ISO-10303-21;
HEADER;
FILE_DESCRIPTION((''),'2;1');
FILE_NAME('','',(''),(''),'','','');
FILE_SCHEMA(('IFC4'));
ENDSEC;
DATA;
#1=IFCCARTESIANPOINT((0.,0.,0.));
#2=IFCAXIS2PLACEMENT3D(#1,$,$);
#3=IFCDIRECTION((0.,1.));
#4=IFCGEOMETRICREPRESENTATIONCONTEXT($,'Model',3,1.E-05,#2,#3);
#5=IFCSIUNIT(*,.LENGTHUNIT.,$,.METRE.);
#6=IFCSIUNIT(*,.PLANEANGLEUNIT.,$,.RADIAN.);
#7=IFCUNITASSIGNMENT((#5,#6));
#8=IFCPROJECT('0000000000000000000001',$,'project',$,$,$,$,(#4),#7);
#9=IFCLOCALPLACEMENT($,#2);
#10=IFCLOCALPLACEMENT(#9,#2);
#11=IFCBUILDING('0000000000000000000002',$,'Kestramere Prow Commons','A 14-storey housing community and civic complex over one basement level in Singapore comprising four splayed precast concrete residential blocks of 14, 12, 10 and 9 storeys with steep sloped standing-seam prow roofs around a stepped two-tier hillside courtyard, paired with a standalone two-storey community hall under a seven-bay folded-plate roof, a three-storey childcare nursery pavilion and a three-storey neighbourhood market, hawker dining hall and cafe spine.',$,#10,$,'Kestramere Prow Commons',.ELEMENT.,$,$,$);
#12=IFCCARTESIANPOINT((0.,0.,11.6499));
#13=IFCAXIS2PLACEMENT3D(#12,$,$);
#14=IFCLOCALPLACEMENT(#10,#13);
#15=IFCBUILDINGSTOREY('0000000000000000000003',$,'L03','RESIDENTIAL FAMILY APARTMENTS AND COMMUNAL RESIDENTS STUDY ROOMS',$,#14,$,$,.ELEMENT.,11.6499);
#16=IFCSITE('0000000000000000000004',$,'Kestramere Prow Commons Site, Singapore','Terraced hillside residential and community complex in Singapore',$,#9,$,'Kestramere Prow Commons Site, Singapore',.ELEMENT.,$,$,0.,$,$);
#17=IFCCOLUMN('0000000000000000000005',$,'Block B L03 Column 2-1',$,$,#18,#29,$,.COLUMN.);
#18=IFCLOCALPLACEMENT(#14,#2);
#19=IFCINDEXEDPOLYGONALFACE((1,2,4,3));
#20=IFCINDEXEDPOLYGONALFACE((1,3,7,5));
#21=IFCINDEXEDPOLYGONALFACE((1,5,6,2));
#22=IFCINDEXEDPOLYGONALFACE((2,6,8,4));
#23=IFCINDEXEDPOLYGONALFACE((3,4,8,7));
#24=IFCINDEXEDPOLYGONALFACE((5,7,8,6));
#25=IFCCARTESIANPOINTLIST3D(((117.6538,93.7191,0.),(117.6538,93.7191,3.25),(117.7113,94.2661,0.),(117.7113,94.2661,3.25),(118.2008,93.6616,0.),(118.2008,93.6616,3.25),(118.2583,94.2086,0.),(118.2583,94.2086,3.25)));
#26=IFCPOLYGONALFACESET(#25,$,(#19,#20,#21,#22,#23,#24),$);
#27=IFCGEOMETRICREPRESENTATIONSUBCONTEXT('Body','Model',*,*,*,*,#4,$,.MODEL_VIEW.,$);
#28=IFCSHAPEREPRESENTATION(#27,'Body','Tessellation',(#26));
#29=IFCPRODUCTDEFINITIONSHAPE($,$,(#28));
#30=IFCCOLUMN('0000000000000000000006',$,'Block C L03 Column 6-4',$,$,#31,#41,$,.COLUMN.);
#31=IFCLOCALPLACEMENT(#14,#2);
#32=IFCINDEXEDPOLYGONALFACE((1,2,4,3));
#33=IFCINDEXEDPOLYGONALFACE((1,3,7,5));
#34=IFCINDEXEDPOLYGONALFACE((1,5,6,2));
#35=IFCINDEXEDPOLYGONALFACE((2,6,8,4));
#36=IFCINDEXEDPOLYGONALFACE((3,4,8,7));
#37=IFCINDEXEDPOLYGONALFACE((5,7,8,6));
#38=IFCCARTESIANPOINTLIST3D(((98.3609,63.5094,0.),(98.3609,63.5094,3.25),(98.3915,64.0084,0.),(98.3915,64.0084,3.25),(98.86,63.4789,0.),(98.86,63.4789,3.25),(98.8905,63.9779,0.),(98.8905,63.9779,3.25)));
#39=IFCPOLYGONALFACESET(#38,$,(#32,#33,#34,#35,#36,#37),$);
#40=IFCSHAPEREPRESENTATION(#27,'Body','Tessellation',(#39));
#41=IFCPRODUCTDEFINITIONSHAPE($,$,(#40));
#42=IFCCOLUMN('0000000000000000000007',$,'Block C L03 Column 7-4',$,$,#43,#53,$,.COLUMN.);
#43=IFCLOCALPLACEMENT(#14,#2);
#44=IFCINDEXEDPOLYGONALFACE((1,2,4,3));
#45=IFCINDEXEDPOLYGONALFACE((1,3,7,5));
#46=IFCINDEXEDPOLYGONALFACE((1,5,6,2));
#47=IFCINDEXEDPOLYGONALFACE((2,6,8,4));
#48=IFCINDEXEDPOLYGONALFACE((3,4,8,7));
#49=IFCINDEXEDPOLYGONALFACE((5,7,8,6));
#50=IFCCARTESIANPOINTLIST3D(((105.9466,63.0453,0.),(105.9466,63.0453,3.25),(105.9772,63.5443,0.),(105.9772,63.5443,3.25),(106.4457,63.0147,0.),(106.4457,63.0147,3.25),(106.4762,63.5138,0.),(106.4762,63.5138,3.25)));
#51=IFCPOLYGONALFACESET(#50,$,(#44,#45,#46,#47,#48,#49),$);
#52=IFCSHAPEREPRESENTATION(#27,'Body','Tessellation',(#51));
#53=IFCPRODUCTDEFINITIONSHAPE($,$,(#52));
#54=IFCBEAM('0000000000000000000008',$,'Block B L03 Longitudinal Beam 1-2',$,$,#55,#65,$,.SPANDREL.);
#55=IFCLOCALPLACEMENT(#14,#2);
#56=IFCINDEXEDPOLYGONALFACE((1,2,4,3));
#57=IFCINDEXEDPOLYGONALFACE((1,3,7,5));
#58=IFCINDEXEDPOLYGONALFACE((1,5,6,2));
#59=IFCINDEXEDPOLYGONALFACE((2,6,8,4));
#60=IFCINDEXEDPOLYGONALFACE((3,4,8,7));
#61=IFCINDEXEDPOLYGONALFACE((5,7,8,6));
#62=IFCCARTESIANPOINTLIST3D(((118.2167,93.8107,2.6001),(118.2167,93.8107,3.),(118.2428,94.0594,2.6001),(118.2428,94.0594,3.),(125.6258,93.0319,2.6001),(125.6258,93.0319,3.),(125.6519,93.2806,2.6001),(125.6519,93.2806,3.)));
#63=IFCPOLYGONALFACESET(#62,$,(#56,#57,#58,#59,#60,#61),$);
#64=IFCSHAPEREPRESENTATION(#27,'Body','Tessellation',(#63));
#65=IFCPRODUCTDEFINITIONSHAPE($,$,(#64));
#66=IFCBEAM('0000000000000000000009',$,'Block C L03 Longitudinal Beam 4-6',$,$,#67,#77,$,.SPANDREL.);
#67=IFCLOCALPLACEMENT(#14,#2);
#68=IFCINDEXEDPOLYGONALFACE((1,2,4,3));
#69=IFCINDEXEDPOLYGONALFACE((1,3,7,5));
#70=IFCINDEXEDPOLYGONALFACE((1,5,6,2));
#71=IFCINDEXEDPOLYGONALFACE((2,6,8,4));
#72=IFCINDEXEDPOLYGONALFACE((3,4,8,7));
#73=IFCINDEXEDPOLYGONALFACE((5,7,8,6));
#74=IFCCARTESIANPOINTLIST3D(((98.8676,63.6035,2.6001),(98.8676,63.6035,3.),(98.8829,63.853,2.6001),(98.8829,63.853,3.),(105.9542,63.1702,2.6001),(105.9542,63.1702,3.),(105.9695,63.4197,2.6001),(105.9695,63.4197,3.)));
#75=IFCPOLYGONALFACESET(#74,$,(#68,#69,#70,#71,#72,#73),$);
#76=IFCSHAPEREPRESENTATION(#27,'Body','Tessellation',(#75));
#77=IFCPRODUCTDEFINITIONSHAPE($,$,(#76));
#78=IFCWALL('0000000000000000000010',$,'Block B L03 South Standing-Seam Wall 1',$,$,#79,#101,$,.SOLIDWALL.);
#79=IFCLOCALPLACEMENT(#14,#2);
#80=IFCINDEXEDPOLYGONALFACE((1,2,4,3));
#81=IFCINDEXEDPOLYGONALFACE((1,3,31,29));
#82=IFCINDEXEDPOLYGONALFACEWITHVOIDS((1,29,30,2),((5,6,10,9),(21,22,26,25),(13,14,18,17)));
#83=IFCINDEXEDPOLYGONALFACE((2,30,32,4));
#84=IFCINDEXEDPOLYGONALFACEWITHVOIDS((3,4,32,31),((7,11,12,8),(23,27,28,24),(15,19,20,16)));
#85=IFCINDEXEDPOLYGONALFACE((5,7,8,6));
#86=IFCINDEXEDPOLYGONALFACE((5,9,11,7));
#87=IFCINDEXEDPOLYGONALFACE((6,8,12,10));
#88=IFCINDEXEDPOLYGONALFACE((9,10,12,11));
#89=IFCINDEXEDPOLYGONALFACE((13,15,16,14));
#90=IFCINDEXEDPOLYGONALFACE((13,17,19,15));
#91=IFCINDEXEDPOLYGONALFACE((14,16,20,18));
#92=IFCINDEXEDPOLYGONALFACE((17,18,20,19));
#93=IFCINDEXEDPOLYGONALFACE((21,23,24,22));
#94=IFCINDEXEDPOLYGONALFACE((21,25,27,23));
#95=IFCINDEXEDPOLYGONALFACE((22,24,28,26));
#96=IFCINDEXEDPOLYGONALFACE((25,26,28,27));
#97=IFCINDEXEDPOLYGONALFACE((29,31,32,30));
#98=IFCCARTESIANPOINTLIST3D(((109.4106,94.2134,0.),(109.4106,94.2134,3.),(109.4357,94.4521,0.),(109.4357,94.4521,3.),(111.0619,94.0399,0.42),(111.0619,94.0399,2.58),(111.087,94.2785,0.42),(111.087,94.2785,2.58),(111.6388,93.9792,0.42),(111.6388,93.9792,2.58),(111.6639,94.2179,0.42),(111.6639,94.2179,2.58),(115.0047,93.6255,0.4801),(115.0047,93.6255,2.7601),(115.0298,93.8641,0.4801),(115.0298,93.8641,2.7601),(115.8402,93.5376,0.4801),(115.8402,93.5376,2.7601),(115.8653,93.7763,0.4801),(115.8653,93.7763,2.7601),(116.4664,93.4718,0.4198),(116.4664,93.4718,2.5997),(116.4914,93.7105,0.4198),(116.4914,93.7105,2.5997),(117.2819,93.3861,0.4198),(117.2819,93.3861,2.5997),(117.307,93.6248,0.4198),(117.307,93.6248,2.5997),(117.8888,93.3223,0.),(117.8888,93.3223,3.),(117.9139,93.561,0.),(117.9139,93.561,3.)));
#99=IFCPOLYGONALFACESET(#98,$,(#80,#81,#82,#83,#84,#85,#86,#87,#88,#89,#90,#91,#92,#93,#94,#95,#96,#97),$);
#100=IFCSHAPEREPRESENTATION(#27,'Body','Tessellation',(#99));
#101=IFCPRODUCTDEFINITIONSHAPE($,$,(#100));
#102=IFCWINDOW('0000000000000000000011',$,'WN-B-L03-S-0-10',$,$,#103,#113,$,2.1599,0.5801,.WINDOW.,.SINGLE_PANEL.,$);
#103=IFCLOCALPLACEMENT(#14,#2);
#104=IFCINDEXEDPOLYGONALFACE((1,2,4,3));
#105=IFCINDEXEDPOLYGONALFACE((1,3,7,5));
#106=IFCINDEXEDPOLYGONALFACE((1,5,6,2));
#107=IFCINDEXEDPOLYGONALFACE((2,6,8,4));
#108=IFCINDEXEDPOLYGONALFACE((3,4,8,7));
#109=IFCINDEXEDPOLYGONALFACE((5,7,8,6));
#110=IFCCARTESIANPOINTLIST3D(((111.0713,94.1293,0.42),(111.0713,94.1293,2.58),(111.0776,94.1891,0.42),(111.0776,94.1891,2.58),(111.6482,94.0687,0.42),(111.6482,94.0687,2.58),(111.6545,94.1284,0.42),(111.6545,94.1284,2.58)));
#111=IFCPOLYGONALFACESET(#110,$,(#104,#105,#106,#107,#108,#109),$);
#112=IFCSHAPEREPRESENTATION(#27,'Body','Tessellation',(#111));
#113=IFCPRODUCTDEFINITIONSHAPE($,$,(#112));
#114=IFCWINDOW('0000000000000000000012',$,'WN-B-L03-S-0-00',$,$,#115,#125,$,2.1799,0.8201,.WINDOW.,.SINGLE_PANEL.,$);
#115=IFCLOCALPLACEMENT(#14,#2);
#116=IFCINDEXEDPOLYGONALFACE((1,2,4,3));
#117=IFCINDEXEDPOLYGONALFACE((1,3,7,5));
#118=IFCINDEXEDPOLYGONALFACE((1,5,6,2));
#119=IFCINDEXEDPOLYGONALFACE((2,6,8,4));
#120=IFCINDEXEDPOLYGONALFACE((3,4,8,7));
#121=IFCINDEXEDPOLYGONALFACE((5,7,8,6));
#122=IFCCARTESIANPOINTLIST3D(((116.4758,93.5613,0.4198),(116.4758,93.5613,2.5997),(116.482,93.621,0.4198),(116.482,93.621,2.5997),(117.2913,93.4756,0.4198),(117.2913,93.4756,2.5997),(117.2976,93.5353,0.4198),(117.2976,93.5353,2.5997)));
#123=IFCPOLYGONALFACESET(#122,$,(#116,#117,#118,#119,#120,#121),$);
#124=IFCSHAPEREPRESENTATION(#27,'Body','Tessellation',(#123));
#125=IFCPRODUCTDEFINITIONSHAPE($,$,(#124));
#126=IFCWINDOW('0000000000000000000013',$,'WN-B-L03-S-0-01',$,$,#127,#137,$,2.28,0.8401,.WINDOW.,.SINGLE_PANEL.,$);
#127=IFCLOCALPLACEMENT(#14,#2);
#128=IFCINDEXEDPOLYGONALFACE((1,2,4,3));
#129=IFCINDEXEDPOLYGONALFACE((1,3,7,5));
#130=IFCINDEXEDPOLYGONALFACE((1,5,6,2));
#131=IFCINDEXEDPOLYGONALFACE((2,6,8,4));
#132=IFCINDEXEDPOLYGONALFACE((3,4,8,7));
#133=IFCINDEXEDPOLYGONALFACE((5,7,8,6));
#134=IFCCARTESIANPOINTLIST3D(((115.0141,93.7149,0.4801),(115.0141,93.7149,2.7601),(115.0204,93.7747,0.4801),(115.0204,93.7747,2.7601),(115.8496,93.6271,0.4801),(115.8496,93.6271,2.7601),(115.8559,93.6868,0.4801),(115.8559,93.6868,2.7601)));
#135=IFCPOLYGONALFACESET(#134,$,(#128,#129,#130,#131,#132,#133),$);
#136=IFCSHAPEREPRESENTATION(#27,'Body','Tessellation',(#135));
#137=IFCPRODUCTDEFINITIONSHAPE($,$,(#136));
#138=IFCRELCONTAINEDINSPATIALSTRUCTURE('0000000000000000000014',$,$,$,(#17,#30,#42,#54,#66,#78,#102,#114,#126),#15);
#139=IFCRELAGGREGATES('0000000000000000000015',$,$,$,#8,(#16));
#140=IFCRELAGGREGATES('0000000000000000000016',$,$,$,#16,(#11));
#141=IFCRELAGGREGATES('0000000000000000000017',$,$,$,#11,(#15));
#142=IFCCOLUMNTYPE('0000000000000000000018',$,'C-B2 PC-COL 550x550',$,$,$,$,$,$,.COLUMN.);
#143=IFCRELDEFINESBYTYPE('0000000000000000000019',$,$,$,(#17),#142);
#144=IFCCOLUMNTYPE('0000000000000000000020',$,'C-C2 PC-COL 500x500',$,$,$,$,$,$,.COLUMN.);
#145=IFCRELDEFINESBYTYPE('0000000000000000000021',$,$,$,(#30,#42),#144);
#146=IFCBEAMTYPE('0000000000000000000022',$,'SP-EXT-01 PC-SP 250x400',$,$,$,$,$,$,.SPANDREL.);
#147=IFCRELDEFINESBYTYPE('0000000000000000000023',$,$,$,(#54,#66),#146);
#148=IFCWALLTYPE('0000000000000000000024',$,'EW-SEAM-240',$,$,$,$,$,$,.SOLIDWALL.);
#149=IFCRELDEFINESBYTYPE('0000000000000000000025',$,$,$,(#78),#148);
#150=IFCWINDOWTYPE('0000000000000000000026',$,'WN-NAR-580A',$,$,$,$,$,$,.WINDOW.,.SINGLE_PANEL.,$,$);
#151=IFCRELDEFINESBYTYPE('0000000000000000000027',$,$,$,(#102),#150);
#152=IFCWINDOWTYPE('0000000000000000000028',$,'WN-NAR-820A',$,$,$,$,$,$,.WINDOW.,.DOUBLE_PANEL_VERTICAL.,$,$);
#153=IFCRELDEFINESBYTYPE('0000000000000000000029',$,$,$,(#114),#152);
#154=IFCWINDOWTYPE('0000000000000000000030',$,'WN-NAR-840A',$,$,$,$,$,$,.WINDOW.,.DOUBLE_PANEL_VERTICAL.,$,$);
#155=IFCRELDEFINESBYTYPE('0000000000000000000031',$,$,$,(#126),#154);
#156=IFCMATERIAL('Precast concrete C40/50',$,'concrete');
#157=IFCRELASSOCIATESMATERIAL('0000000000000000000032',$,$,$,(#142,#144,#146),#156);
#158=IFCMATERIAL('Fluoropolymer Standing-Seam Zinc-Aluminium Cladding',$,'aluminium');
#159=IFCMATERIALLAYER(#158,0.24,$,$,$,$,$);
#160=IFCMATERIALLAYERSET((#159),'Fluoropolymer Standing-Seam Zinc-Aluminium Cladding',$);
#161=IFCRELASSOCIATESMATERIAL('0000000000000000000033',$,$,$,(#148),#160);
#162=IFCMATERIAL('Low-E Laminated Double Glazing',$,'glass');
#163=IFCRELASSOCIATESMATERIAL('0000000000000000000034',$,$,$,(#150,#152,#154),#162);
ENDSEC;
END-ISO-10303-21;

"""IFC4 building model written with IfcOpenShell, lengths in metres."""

from ifc_helpers import new_model, si_unit, direction, frame, frame_2d, origin, origin_2d, place, context, subcontext, project, spatial, rectangle, extrude, material, layer, layer_set, material_profile, profile_set, type_object, element, fill, save


model = new_model("IFC4")

# Units and contexts
model_context = context("Model", 3, precision=1e-05, world=origin(), true_north=direction((0.0, 1.0)))
body_context = subcontext(model_context, "Body", "Model", "MODEL_VIEW")
ifc_project = project(units=[si_unit("LENGTHUNIT", "METRE"), si_unit("PLANEANGLEUNIT", "RADIAN")], contexts=[model_context])

# Site, building, storey
site_placement = place(None, origin())
site = spatial("IfcSite", under=ifc_project, at=site_placement, Name="Kestramere Prow Commons Site, Singapore", Description="Terraced hillside residential and community complex in Singapore", LongName="Kestramere Prow Commons Site, Singapore", CompositionType="ELEMENT", RefElevation=0.0)
building_placement = place(site_placement, origin())
building = spatial("IfcBuilding", under=site, at=building_placement, Name="Kestramere Prow Commons", Description="A 14-storey housing community and civic complex over one basement level in Singapore comprising four splayed precast concrete residential blocks of 14, 12, 10 and 9 storeys with steep sloped standing-seam prow roofs around a stepped two-tier hillside courtyard, paired with a standalone two-storey community hall under a seven-bay folded-plate roof, a three-storey childcare nursery pavilion and a three-storey neighbourhood market, hawker dining hall and cafe spine.", LongName="Kestramere Prow Commons", CompositionType="ELEMENT")
storey_placement = place(building_placement, frame((0.0, 0.0, 11.6499)))
storey = spatial("IfcBuildingStorey", under=building, at=storey_placement, Name="L03", Description="RESIDENTIAL FAMILY APARTMENTS AND COMMUNAL RESIDENTS STUDY ROOMS", CompositionType="ELEMENT", Elevation=11.6499)

# Columns
ifc_material_1 = material(Name="Precast concrete C40/50", Category="concrete")
ifc_material_profile_1 = material_profile(ifc_material_1, rectangle(XDim=0.55, YDim=0.55, at=origin_2d()), Name="PC-COL 550x550")
ifc_profile_set_1 = profile_set([ifc_material_profile_1], Name="Precast concrete C40/50")
column_type_1 = type_object("IfcColumnType", Name="C-B2 PC-COL 550x550", PredefinedType="COLUMN", material=ifc_profile_set_1)
column_placement = place(storey_placement, frame((117.9561, 93.9639, 0.0), z_axis=(0.0, 0.0, 1.0), x_axis=(0.994522, -0.104528, 0.0)))
element("IfcColumn", 1, at=column_placement, inside=storey, type_object=column_type_1, Name="Block B L03 Column 2-1", PredefinedType="COLUMN", context=body_context, shape_type="SweptSolid", body=[
    extrude(rectangle(XDim=0.55, YDim=0.55, at=origin_2d()), origin(), (0.0, 0.0, 1.0), 3.25),
])
ifc_material_profile_2 = material_profile(ifc_material_1, rectangle(XDim=0.5, YDim=0.5, at=origin_2d()), Name="PC-COL 500x500")
ifc_profile_set_2 = profile_set([ifc_material_profile_2], Name="Precast concrete C40/50")
column_type_2 = type_object("IfcColumnType", Name="C-C2 PC-COL 500x500", PredefinedType="COLUMN", material=ifc_profile_set_2)
for number, where, z_axis, x_axis, name in (
    (2, (98.6257, 63.7437, 0.0), (0.0, 0.0, 1.0), (0.998135, -0.061049, 0.0), "Block C L03 Column 6-4"),
    (3, (106.2114, 63.2795, 0.0), (0.0, 0.0, 1.0), (0.998135, -0.061049, 0.0), "Block C L03 Column 7-4"),
):
    element("IfcColumn", number, at=place(storey_placement, frame(where, z_axis=z_axis, x_axis=x_axis)), inside=storey, type_object=column_type_2, Name=name, PredefinedType="COLUMN", context=body_context, shape_type="SweptSolid", body=[
        extrude(rectangle(XDim=0.5, YDim=0.5, at=origin_2d()), origin(), (0.0, 0.0, 1.0), 3.25),
    ])

# Beams
ifc_material_profile_3 = material_profile(ifc_material_1, rectangle(XDim=0.25, YDim=0.3999, at=origin_2d()), Name="PC-SP 250x400")
ifc_profile_set_3 = profile_set([ifc_material_profile_3], Name="Precast concrete C40/50")
beam_type = type_object("IfcBeamType", Name="SP-EXT-01 PC-SP 250x400", PredefinedType="SPANDREL", material=ifc_profile_set_3)
beam_1_placement = place(storey_placement, frame((118.2297, 93.9351, 2.8), z_axis=(0.994521, -0.104538, 0.0), x_axis=(0.104538, 0.994521, 0.0)))
element("IfcBeam", 4, at=beam_1_placement, inside=storey, type_object=beam_type, Name="Block B L03 Longitudinal Beam 1-2", PredefinedType="SPANDREL", context=body_context, shape_type="SweptSolid", body=[
    extrude(rectangle(XDim=0.25, YDim=0.3999, at=origin_2d()), origin(), (0.0, 0.0, 1.0), 7.45),
])
beam_2_placement = place(storey_placement, frame((98.8752, 63.7283, 2.8), z_axis=(0.998136, -0.061036, 0.0), x_axis=(0.061036, 0.998136, 0.0)))
element("IfcBeam", 5, at=beam_2_placement, inside=storey, type_object=beam_type, Name="Block C L03 Longitudinal Beam 4-6", PredefinedType="SPANDREL", context=body_context, shape_type="SweptSolid", body=[
    extrude(rectangle(XDim=0.25, YDim=0.3999, at=origin_2d()), origin(), (0.0, 0.0, 1.0), 7.0999),
])

# Wall, openings, windows
ifc_material_2 = material(Name="Fluoropolymer Standing-Seam Zinc-Aluminium Cladding", Category="aluminium")
ifc_layer_1 = layer(ifc_material_2, 0.24)
ifc_layer_set_1 = layer_set([ifc_layer_1], Name="Fluoropolymer Standing-Seam Zinc-Aluminium Cladding")
wall_type_1 = type_object("IfcWallType", Name="EW-SEAM-240", PredefinedType="SOLIDWALL", material=ifc_layer_set_1)
wall_1_placement = place(storey_placement, frame((117.9014, 93.4417, 0.0), z_axis=(0.0, 0.0, 1.0), x_axis=(-0.994522, 0.10453, 0.0)))
wall_1 = element("IfcWall", 6, at=wall_1_placement, inside=storey, type_object=wall_type_1, Name="Block B L03 South Standing-Seam Wall 1", PredefinedType="SOLIDWALL", context=body_context, shape_type="SweptSolid", body=[
    extrude(rectangle(XDim=8.5249, YDim=0.24, at=frame_2d((4.2625, 0.0))), origin(), (0.0, 0.0, 1.0), 3.0),
])
opening_1_placement = place(wall_1_placement, frame((0.6101, 0.0, 0.4199)))
opening_1 = element("IfcOpeningElement", 7, at=opening_1_placement, cuts=wall_1, PredefinedType="OPENING", context=body_context, shape_type="SweptSolid", body=[
    extrude(rectangle(XDim=0.8201, YDim=2.1799, at=frame_2d((0.4102, 1.0898))), frame((0.0, 0.135, 0.0), z_axis=(0.0, -1.0, 0.0), x_axis=(1.0, 0.0, 0.0)), (0.0, 0.0, 1.0), 0.27),
])
opening_2_placement = place(wall_1_placement, frame((2.0601, 0.0, 0.48)))
opening_2 = element("IfcOpeningElement", 8, at=opening_2_placement, cuts=wall_1, PredefinedType="OPENING", context=body_context, shape_type="SweptSolid", body=[
    extrude(rectangle(XDim=0.8401, YDim=2.28, at=frame_2d((0.4199, 1.1401))), frame((0.0, 0.135, 0.0), z_axis=(0.0, -1.0, 0.0), x_axis=(1.0, 0.0, 0.0)), (0.0, 0.0, 1.0), 0.27),
])
opening_3_placement = place(wall_1_placement, frame((6.2844, 0.0, 0.4199)))
opening_3 = element("IfcOpeningElement", 9, at=opening_3_placement, cuts=wall_1, PredefinedType="OPENING", context=body_context, shape_type="SweptSolid", body=[
    extrude(rectangle(XDim=0.5801, YDim=2.1599, at=frame_2d((0.29, 1.0801))), frame((0.0, 0.135, 0.0), z_axis=(0.0, -1.0, 0.0), x_axis=(1.0, 0.0, 0.0)), (0.0, 0.0, 1.0), 0.27),
])
ifc_material_3 = material(Name="Low-E Laminated Double Glazing", Category="glass")
window_type_1 = type_object("IfcWindowType", Name="WN-NAR-580A", PartitioningType="SINGLE_PANEL", PredefinedType="WINDOW", material=ifc_material_3)
window_1_placement = place(opening_3_placement, origin())
window_1 = element("IfcWindow", 10, at=window_1_placement, inside=storey, type_object=window_type_1, Name="WN-B-L03-S-0-10", OverallHeight=2.1599, OverallWidth=0.5801, PartitioningType="SINGLE_PANEL", PredefinedType="WINDOW", context=body_context, shape_type="SweptSolid", body=[
    extrude(rectangle(XDim=0.5801, YDim=2.1599, at=frame_2d((0.29, 1.0801))), frame((0.0, 0.03, 0.0), z_axis=(0.0, -1.0, 0.0), x_axis=(1.0, 0.0, 0.0)), (0.0, 0.0, 1.0), 0.0601),
])
fill(opening_3, window_1)
window_type_2 = type_object("IfcWindowType", Name="WN-NAR-820A", PartitioningType="DOUBLE_PANEL_VERTICAL", PredefinedType="WINDOW", material=ifc_material_3)
window_2_placement = place(opening_1_placement, origin())
window_2 = element("IfcWindow", 11, at=window_2_placement, inside=storey, type_object=window_type_2, Name="WN-B-L03-S-0-00", OverallHeight=2.1799, OverallWidth=0.8201, PartitioningType="SINGLE_PANEL", PredefinedType="WINDOW", context=body_context, shape_type="SweptSolid", body=[
    extrude(rectangle(XDim=0.8201, YDim=2.1799, at=frame_2d((0.4102, 1.0898))), frame((0.0, 0.03, 0.0), z_axis=(0.0, -1.0, 0.0), x_axis=(1.0, 0.0, 0.0)), (0.0, 0.0, 1.0), 0.0601),
])
fill(opening_1, window_2)
window_type_3 = type_object("IfcWindowType", Name="WN-NAR-840A", PartitioningType="DOUBLE_PANEL_VERTICAL", PredefinedType="WINDOW", material=ifc_material_3)
window_3_placement = place(opening_2_placement, origin())
window_3 = element("IfcWindow", 12, at=window_3_placement, inside=storey, type_object=window_type_3, Name="WN-B-L03-S-0-01", OverallHeight=2.28, OverallWidth=0.8401, PartitioningType="SINGLE_PANEL", PredefinedType="WINDOW", context=body_context, shape_type="SweptSolid", body=[
    extrude(rectangle(XDim=0.8401, YDim=2.28, at=frame_2d((0.4199, 1.1401))), frame((0.0, 0.03, 0.0), z_axis=(0.0, -1.0, 0.0), x_axis=(1.0, 0.0, 0.0)), (0.0, 0.0, 1.0), 0.0601),
])
fill(opening_2, window_3)

save(model, "model.ifc")
